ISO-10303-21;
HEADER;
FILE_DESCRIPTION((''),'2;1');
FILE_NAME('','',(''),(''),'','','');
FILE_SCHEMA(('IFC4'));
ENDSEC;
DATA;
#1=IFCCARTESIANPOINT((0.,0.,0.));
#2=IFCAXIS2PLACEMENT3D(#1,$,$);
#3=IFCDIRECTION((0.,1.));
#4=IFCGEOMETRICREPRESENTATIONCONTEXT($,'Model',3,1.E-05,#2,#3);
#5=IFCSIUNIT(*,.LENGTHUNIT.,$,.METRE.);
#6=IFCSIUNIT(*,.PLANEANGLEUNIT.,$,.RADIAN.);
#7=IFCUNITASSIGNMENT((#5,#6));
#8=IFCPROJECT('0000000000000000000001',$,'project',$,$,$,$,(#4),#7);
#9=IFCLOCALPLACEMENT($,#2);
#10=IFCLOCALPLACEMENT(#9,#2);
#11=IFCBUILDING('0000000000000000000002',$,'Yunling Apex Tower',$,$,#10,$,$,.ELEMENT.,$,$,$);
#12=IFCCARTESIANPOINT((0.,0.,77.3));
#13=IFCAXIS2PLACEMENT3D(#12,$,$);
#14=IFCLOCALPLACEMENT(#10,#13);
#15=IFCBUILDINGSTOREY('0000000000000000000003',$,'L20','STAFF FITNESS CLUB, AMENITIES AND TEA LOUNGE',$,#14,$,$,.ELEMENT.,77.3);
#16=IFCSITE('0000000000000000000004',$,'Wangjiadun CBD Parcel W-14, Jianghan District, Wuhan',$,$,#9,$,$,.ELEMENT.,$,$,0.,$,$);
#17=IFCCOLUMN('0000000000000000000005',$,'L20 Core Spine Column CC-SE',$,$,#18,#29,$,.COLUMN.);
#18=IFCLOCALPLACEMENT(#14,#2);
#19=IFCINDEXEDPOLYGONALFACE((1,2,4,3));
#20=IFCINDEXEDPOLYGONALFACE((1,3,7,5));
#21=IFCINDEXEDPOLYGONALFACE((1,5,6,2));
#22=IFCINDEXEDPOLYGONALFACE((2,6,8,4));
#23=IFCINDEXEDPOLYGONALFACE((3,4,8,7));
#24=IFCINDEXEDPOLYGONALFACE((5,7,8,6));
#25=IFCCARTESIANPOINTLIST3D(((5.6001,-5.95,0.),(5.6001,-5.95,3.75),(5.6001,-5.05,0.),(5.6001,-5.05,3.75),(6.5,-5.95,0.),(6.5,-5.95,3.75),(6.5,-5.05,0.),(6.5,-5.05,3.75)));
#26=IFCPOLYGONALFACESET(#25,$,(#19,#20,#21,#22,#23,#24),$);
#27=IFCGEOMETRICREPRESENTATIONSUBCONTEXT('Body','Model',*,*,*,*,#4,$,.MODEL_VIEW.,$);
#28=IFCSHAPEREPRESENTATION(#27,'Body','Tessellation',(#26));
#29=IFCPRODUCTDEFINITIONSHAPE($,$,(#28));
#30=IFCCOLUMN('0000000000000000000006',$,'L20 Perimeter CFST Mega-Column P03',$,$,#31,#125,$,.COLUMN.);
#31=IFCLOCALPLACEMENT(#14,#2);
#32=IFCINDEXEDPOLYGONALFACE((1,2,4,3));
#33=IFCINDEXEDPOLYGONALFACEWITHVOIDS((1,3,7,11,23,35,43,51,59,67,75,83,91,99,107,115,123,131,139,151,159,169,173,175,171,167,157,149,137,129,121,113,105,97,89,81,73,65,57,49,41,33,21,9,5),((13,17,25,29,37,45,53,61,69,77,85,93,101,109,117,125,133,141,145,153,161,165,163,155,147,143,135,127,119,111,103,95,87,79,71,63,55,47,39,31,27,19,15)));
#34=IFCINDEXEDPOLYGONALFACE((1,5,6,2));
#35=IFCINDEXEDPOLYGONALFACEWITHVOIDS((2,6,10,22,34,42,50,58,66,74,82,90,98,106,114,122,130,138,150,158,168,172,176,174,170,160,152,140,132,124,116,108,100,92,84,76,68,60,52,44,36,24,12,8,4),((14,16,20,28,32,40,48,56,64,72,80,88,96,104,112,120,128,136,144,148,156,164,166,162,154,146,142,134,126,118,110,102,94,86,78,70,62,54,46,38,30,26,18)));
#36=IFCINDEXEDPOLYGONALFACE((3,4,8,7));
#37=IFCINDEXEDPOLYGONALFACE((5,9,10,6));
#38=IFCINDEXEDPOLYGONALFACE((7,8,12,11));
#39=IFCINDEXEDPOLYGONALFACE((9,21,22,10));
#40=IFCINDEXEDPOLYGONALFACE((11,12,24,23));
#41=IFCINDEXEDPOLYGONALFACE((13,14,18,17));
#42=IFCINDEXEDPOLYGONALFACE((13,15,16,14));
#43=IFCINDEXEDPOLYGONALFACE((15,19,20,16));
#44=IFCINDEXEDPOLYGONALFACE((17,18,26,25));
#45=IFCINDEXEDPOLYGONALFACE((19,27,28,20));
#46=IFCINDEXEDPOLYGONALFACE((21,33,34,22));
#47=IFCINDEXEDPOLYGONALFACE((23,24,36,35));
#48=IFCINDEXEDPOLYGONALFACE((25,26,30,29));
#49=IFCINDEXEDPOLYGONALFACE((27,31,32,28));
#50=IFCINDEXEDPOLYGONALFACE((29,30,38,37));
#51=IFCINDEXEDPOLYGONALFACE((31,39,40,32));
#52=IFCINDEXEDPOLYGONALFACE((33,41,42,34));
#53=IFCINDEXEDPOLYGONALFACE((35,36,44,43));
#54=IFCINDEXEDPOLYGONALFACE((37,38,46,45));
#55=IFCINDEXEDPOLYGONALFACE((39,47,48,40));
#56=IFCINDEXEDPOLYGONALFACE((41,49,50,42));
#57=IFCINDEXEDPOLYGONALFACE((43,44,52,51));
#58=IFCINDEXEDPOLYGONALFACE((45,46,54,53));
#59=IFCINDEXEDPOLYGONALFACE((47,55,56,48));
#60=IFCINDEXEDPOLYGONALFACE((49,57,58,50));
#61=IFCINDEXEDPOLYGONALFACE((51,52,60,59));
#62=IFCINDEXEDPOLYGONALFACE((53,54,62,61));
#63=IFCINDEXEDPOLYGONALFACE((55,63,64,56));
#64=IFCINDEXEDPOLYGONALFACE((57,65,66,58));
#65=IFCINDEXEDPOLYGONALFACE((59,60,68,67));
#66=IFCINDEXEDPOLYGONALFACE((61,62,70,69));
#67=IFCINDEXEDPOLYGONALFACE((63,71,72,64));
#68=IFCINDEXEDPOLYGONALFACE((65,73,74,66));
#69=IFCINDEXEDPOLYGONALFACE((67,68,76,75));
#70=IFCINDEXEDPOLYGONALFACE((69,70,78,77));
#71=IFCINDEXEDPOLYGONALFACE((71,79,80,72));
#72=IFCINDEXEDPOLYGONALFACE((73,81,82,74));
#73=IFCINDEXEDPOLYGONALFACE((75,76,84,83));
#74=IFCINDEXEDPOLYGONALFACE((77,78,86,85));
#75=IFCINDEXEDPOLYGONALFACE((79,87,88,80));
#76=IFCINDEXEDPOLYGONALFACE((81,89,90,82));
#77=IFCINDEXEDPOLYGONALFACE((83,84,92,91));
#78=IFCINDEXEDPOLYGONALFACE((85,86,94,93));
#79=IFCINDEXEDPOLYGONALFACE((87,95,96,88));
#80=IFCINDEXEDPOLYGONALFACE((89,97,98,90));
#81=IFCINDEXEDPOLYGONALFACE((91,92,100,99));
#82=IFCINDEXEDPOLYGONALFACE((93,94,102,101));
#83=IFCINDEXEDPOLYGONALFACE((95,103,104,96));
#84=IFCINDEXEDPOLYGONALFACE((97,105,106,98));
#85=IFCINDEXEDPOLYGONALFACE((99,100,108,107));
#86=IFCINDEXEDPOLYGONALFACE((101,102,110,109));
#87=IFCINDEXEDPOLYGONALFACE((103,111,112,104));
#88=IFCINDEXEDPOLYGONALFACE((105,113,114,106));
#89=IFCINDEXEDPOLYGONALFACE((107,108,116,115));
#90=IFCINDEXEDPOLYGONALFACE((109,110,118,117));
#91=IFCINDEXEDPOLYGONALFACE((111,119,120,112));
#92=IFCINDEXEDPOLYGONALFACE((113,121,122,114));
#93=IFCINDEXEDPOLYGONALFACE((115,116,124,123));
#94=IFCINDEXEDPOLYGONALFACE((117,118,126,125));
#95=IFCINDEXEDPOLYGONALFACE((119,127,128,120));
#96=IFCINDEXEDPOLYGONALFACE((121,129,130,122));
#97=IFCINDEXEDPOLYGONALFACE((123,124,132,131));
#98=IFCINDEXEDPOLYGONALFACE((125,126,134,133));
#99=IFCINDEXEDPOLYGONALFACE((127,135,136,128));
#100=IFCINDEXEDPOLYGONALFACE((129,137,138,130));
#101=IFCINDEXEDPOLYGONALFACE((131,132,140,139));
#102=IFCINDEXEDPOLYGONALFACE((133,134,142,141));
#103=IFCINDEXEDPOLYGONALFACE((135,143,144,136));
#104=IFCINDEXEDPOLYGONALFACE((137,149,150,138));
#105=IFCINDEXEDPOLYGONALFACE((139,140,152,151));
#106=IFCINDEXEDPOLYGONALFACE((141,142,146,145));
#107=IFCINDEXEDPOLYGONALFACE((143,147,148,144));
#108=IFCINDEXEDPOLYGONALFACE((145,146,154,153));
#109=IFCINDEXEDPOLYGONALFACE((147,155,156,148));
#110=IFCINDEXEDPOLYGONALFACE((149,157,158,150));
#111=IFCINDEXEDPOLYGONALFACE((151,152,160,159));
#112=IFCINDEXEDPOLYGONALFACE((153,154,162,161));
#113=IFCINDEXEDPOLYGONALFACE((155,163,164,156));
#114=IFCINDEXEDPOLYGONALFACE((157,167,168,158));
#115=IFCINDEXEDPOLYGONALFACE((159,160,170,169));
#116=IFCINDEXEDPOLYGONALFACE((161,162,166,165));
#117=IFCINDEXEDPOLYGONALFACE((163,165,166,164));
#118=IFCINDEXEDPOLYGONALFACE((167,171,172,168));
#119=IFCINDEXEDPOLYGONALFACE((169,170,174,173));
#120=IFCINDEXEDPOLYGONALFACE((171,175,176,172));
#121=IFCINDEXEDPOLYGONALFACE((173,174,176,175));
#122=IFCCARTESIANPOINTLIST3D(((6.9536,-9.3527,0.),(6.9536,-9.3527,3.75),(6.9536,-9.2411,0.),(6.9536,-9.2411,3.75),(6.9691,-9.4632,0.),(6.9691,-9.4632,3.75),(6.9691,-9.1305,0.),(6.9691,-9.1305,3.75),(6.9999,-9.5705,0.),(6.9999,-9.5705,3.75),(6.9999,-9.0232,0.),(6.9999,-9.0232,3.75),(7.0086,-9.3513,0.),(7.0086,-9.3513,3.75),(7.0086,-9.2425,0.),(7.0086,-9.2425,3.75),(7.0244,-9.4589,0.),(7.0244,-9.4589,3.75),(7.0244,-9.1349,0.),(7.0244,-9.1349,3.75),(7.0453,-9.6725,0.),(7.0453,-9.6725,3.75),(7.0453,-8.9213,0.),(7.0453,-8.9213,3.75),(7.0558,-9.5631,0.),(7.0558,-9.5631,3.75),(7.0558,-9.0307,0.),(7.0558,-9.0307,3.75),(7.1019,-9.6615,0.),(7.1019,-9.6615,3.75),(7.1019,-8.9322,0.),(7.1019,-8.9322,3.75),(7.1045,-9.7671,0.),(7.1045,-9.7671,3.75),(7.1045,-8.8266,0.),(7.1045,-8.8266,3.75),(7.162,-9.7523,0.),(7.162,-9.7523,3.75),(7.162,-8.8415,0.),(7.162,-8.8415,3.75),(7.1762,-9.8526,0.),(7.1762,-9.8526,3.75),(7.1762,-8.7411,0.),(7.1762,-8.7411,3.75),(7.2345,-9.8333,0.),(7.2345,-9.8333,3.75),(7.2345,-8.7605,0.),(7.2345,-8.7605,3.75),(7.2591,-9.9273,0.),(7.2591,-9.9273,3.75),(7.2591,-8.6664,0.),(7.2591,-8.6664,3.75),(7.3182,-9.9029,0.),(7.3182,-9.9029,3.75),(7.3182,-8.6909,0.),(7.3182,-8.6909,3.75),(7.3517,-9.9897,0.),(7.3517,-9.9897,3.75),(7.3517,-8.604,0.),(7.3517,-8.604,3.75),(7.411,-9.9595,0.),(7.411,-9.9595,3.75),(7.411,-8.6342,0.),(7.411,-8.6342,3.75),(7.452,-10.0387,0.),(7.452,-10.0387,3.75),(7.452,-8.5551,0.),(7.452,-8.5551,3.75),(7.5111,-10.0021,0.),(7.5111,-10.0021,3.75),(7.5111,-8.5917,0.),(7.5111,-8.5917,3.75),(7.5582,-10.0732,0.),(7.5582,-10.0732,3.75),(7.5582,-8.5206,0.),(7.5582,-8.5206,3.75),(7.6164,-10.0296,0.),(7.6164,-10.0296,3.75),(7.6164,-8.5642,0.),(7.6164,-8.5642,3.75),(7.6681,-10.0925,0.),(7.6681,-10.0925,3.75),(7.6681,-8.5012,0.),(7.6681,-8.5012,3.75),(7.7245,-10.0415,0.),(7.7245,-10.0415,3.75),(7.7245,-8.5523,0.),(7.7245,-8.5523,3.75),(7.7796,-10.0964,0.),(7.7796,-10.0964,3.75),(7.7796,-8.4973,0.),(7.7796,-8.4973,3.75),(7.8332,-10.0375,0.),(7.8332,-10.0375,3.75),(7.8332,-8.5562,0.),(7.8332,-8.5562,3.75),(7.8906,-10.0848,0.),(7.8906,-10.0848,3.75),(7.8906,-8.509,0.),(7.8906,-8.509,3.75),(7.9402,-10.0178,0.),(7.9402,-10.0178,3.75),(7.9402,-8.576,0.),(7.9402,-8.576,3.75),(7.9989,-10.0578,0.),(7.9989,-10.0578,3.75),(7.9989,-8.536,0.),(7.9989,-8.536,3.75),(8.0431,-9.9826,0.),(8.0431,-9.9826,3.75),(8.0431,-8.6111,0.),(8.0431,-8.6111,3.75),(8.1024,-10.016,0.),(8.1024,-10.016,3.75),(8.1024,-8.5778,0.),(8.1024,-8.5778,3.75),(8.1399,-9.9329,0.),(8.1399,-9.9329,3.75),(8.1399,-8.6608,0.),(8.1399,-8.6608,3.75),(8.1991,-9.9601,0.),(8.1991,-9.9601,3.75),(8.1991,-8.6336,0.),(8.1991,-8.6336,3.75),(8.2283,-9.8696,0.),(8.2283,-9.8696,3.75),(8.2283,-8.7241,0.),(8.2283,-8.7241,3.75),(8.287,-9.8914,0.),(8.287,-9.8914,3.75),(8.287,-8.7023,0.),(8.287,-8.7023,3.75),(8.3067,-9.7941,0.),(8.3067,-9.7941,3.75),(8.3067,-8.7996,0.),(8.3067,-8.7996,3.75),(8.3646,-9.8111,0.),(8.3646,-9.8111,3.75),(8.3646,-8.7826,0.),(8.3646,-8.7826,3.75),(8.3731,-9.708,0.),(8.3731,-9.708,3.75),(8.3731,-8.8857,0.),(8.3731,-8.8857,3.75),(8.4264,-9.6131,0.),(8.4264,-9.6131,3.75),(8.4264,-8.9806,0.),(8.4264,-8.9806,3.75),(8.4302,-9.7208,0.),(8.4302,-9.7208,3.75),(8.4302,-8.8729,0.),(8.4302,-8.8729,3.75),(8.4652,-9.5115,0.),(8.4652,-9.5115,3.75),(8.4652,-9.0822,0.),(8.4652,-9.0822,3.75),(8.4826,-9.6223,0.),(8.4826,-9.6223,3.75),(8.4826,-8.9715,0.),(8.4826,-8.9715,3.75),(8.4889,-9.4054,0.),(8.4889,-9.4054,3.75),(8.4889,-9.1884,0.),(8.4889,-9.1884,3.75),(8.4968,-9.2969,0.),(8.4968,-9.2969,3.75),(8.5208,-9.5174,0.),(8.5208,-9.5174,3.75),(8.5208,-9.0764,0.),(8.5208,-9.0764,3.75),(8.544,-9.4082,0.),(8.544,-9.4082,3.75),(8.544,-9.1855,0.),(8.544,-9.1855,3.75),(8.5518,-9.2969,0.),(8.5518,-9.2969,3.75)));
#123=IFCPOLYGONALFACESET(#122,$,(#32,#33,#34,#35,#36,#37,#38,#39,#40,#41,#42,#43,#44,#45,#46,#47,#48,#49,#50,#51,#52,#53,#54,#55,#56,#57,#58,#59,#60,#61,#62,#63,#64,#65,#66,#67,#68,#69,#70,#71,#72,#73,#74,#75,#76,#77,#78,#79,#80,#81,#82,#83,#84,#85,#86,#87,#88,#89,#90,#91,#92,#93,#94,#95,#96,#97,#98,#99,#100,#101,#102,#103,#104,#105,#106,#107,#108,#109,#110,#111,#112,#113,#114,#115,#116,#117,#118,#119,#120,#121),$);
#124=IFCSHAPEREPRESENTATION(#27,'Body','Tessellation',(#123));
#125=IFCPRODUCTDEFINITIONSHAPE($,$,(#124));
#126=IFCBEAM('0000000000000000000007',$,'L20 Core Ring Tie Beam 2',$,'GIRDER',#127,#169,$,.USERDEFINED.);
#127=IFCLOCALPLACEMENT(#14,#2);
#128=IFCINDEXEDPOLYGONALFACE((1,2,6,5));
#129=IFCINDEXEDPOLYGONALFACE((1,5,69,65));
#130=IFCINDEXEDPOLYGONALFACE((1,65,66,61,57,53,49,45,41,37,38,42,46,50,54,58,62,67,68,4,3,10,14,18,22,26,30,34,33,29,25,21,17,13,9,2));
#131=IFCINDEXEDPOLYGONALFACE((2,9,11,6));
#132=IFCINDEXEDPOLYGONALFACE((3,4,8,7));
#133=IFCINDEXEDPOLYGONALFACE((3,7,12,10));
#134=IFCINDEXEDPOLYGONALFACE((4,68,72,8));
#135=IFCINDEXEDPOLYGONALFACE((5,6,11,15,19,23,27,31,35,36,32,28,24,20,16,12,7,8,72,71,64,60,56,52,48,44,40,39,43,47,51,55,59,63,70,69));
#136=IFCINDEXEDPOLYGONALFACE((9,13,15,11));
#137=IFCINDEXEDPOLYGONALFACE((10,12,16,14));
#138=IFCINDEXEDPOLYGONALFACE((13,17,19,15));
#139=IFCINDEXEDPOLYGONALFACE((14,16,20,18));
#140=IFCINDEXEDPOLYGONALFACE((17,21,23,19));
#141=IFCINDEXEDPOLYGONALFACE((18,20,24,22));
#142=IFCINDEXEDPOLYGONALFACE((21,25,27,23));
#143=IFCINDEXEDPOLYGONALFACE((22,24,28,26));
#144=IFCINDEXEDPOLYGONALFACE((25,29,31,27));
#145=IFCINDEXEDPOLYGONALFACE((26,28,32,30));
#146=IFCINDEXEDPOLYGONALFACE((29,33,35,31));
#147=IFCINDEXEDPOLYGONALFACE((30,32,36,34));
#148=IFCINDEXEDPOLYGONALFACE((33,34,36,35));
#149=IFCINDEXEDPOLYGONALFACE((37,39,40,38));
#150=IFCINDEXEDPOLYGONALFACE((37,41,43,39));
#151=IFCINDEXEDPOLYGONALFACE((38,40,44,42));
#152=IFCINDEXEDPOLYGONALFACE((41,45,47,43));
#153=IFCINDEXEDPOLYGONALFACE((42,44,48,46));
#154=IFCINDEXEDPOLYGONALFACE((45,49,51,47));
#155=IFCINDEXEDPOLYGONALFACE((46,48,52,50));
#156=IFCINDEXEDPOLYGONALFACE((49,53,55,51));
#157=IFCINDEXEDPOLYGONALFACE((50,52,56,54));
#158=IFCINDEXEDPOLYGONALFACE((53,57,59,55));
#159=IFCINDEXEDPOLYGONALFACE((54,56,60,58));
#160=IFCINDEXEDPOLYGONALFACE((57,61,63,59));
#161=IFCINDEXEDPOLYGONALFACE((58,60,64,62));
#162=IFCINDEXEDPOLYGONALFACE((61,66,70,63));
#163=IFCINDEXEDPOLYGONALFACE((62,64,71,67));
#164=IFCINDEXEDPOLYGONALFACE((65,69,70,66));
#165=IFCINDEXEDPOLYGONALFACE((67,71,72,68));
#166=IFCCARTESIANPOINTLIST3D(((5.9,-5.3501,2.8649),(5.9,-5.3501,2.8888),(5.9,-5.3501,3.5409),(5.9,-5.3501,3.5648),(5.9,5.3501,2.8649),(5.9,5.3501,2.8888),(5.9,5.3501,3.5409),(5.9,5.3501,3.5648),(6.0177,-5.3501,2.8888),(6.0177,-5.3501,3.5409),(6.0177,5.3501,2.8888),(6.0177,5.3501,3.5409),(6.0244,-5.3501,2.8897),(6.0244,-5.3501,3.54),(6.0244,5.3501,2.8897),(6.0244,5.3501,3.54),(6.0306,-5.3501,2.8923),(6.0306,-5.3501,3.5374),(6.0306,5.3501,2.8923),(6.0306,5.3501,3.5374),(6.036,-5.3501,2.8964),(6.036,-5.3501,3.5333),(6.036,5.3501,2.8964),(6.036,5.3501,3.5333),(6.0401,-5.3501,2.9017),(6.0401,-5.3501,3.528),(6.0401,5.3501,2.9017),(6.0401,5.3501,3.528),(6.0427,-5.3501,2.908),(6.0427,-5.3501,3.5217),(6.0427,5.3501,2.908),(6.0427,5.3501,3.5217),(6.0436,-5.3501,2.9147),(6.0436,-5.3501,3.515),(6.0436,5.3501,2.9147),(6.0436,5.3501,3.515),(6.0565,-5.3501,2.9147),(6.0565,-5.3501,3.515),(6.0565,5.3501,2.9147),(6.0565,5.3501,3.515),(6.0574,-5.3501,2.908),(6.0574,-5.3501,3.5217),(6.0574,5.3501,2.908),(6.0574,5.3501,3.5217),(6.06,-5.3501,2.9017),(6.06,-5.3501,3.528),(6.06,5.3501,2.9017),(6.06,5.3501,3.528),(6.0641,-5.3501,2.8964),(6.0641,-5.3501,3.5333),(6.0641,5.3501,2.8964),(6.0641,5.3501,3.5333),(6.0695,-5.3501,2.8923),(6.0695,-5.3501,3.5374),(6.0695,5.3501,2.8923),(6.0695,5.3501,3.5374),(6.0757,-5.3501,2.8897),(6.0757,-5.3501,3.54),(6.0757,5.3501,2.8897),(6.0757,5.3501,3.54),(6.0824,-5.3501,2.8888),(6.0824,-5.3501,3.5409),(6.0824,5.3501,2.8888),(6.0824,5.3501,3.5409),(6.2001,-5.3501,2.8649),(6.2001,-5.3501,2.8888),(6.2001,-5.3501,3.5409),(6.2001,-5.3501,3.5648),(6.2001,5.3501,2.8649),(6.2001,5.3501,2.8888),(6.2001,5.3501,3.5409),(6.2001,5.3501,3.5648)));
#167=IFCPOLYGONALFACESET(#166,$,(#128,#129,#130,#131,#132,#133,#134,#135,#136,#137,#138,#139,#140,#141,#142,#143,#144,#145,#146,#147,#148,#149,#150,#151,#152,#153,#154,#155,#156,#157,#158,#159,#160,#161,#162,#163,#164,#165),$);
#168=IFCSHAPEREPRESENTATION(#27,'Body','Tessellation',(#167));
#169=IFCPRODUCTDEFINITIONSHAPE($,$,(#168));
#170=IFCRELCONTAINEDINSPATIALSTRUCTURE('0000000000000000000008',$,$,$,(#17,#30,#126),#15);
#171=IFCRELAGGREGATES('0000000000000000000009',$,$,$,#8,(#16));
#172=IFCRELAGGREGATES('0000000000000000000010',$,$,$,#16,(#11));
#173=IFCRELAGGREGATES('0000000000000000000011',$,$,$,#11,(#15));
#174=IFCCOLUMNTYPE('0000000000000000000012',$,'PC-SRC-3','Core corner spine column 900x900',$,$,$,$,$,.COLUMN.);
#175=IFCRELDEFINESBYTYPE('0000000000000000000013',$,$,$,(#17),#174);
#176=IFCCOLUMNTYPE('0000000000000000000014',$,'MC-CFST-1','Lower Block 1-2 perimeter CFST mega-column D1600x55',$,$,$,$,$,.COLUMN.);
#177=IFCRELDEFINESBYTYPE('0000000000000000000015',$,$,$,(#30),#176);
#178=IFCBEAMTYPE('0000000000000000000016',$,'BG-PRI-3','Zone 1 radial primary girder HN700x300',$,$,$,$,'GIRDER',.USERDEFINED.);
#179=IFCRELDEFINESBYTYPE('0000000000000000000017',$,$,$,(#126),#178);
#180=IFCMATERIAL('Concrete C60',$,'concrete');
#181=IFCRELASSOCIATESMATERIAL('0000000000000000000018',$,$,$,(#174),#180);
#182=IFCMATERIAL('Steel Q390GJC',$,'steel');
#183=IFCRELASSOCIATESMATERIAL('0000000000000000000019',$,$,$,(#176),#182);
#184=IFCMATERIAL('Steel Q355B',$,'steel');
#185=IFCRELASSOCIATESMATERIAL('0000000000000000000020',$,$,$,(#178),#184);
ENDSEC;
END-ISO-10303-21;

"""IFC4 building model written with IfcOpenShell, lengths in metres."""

from ifc_helpers import new_model, si_unit, direction, frame, origin, origin_2d, place, context, subcontext, project, spatial, rectangle, hollow_circle, i_section, extrude, source, transform, mapped, material, material_profile, profile_set, type_object, element, save


model = new_model("IFC4")

# Units and contexts
model_context = context("Model", 3, precision=1e-05, world=origin(), true_north=direction((0.0, 1.0)))
body_context = subcontext(model_context, "Body", "Model", "MODEL_VIEW")
ifc_project = project(units=[si_unit("LENGTHUNIT", "METRE"), si_unit("PLANEANGLEUNIT", "RADIAN")], contexts=[model_context])

# Site, building, storey
site_placement = place(None, origin())
site = spatial("IfcSite", under=ifc_project, at=site_placement, Name="Wangjiadun CBD Parcel W-14, Jianghan District, Wuhan", CompositionType="ELEMENT", RefElevation=0.0)
building_placement = place(site_placement, origin())
building = spatial("IfcBuilding", under=site, at=building_placement, Name="Yunling Apex Tower", CompositionType="ELEMENT")
storey_placement = place(building_placement, frame((0.0, 0.0, 77.3)))
storey = spatial("IfcBuildingStorey", under=building, at=storey_placement, Name="L20", Description="STAFF FITNESS CLUB, AMENITIES AND TEA LOUNGE", CompositionType="ELEMENT", Elevation=77.3)

# Columns
ifc_material_1 = material(Name="Concrete C60", Category="concrete")
ifc_material_profile_1 = material_profile(ifc_material_1, rectangle(XDim=0.8999, YDim=0.8999, at=origin_2d()))
ifc_profile_set_1 = profile_set([ifc_material_profile_1], Name="Concrete C60")
column_type_1 = type_object("IfcColumnType", Name="PC-SRC-3", Description="Core corner spine column 900x900", PredefinedType="COLUMN", material=ifc_profile_set_1)
shared_shape_1 = source(origin(), body_context, "Body", "SweptSolid", [
    extrude(rectangle(XDim=0.8999, YDim=0.8999, at=origin_2d()), origin(), (0.0, 0.0, 1.0), 3.75),
])
column_1_placement = place(storey_placement, frame((6.05, -5.5, 0.0), z_axis=(0.0, 0.0, 1.0), x_axis=(1.0, 0.0, 0.0)))
element("IfcColumn", 1, at=column_1_placement, inside=storey, type_object=column_type_1, Name="L20 Core Spine Column CC-SE", PredefinedType="COLUMN", context=body_context, shape_type="MappedRepresentation", body=[
    mapped(shared_shape_1, transform((0.0, 0.0, 0.0), scale=1.0)),
])
ifc_material_2 = material(Name="Steel Q390GJC", Category="steel")
ifc_material_profile_2 = material_profile(ifc_material_2, hollow_circle(Radius=0.8, WallThickness=0.0549, at=origin_2d()))
ifc_profile_set_2 = profile_set([ifc_material_profile_2], Name="Steel Q390GJC")
column_type_2 = type_object("IfcColumnType", Name="MC-CFST-1", Description="Lower Block 1-2 perimeter CFST mega-column D1600x55", PredefinedType="COLUMN", material=ifc_profile_set_2)
shared_shape_2 = source(origin(), body_context, "Body", "SweptSolid", [
    extrude(hollow_circle(Radius=0.8, WallThickness=0.0549, at=origin_2d()), origin(), (0.0, 0.0, 1.0), 3.75),
])
column_2_placement = place(storey_placement, frame((7.7517, -9.2969, 0.0), z_axis=(0.0, 0.0, 1.0), x_axis=(1.0, 0.0, 0.0)))
element("IfcColumn", 2, at=column_2_placement, inside=storey, type_object=column_type_2, Name="L20 Perimeter CFST Mega-Column P03", PredefinedType="COLUMN", context=body_context, shape_type="MappedRepresentation", body=[
    mapped(shared_shape_2, transform((0.0, 0.0, 0.0), scale=1.0)),
])

# Beam
ifc_material_3 = material(Name="Steel Q355B", Category="steel")
ifc_material_profile_3 = material_profile(ifc_material_3, i_section(OverallWidth=0.3, OverallDepth=0.7, WebThickness=0.0129, FlangeThickness=0.0239, FilletRadius=0.0259, at=origin_2d()))
ifc_profile_set_3 = profile_set([ifc_material_profile_3], Name="Steel Q355B")
beam_type_1 = type_object("IfcBeamType", Name="BG-PRI-3", Description="Zone 1 radial primary girder HN700x300", ElementType="GIRDER", PredefinedType="USERDEFINED", material=ifc_profile_set_3)
shared_shape_3 = source(origin(), body_context, "Body", "SweptSolid", [
    extrude(i_section(OverallWidth=0.3, OverallDepth=0.7, WebThickness=0.0129, FlangeThickness=0.0239, FilletRadius=0.0259, at=origin_2d()), origin(), (0.0, 0.0, 1.0), 10.7002),
])
beam_1_placement = place(storey_placement, frame((6.05, -5.3501, 3.2148), z_axis=(0.0, 1.0, 0.0), x_axis=(-1.0, 0.0, 0.0)))
element("IfcBeam", 3, at=beam_1_placement, inside=storey, type_object=beam_type_1, Name="L20 Core Ring Tie Beam 2", ObjectType="GIRDER", PredefinedType="USERDEFINED", context=body_context, shape_type="MappedRepresentation", body=[
    mapped(shared_shape_3, transform((0.0, 0.0, 0.0), scale=1.0)),
])

save(model, "model.ifc")
